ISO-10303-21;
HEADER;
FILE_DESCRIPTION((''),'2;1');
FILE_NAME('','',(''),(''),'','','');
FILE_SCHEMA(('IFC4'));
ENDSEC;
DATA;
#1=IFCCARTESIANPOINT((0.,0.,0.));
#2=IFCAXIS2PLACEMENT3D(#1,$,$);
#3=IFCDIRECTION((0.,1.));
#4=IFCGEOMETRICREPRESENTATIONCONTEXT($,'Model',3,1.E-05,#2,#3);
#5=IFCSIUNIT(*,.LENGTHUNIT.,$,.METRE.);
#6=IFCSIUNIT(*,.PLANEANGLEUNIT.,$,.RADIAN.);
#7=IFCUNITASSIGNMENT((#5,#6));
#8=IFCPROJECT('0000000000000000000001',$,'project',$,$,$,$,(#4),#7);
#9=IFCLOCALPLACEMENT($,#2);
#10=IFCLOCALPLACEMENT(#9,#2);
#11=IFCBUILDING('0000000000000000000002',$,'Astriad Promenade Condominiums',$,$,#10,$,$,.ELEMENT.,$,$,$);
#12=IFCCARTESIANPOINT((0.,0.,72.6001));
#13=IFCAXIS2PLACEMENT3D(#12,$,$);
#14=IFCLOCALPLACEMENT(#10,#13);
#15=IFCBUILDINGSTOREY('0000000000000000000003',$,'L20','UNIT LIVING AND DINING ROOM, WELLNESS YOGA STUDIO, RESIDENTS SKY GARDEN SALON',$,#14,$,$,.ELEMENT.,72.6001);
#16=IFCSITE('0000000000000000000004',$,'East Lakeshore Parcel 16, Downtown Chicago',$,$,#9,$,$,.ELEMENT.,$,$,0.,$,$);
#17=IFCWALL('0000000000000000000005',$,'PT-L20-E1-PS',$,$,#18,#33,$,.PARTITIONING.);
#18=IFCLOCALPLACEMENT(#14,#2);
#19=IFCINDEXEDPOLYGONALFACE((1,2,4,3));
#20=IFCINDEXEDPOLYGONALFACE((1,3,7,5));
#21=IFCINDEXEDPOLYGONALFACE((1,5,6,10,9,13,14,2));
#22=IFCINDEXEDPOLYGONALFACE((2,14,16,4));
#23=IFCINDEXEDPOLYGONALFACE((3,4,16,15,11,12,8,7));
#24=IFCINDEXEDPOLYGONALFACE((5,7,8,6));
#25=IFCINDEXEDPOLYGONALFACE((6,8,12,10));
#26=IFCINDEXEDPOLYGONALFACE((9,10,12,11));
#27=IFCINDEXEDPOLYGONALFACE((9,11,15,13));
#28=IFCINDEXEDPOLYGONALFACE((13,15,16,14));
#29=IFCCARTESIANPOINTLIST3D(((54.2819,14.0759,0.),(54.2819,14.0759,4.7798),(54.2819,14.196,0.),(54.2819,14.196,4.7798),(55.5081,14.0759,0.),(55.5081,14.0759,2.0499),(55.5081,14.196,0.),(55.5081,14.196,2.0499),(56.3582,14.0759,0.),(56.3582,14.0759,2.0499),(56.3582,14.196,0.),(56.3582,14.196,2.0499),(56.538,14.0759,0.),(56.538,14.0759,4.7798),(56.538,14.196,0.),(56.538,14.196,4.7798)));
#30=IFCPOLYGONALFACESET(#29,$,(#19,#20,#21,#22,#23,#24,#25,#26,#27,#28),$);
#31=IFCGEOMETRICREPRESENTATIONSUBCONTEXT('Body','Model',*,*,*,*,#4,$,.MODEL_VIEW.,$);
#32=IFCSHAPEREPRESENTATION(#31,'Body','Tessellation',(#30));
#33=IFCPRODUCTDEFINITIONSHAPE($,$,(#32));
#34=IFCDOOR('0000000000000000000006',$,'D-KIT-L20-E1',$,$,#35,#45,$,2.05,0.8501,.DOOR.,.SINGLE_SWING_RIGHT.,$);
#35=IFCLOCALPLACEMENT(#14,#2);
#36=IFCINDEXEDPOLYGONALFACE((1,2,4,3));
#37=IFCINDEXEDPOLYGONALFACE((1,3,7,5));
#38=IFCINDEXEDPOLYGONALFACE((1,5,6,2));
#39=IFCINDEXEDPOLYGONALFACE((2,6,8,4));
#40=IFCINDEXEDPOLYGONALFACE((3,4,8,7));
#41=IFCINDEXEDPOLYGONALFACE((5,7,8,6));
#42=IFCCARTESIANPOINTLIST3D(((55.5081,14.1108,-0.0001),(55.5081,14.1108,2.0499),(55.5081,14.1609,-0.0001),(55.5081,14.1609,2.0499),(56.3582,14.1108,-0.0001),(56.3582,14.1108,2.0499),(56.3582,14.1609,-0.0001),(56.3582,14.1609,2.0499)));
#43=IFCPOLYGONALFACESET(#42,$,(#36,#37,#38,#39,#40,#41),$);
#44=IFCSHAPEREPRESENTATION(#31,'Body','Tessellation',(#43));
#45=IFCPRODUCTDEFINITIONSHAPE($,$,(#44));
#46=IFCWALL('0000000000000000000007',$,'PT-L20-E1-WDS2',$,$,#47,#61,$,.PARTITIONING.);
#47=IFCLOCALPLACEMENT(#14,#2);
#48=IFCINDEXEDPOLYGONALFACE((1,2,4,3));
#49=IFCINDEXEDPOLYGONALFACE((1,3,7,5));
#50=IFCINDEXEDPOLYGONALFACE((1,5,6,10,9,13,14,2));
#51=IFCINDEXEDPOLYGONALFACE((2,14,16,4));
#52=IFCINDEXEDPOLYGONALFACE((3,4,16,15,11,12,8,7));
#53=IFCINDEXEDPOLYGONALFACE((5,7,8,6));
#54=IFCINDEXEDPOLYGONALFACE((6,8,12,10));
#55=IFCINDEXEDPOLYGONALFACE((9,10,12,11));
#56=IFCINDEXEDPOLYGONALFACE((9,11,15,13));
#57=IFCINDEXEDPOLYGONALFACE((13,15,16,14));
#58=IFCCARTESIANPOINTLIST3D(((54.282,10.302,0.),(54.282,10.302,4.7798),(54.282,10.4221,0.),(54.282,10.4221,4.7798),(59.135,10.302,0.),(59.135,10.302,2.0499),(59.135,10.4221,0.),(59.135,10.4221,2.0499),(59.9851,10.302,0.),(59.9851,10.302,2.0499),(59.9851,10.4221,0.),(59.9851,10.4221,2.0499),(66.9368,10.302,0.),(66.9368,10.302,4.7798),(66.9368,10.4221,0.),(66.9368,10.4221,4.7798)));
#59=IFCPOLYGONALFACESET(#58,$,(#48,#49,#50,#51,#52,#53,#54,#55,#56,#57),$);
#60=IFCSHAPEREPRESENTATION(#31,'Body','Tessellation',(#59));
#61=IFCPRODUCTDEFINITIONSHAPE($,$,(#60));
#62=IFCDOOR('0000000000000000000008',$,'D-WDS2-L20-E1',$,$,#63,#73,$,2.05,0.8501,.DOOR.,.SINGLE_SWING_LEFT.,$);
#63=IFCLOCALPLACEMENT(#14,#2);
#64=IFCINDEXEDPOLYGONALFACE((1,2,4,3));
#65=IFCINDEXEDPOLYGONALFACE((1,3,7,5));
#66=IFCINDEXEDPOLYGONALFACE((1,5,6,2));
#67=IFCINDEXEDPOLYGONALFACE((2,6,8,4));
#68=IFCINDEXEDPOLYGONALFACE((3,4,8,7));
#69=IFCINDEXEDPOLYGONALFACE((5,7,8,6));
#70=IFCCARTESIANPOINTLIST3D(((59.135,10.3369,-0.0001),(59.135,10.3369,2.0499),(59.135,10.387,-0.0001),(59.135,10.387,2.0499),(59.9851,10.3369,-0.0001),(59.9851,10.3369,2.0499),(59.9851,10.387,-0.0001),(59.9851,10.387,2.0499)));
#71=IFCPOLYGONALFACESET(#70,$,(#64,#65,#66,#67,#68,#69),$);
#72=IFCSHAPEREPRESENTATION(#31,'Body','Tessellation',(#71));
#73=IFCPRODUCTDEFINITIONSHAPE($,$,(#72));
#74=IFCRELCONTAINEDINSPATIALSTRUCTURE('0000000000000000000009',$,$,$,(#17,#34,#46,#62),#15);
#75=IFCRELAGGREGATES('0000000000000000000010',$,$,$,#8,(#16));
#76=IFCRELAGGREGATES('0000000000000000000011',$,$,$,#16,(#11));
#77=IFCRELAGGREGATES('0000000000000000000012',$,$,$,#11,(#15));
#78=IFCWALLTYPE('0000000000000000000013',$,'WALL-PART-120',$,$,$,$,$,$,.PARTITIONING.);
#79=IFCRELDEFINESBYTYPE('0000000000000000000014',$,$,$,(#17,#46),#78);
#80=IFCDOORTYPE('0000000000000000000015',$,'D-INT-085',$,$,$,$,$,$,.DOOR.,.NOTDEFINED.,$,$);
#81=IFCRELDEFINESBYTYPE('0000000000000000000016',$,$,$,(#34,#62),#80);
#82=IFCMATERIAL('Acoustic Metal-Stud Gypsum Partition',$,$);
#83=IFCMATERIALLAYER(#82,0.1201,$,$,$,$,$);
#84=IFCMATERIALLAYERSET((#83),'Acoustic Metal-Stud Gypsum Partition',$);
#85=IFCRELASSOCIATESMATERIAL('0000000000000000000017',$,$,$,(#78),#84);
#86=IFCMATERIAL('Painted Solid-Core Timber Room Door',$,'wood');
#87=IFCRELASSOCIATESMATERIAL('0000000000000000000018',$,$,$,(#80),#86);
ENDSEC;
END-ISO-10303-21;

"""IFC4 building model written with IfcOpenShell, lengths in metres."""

from ifc_helpers import new_model, si_unit, direction, frame, frame_2d, origin, place, context, subcontext, project, spatial, rectangle, extrude, source, transform, mapped, material, layer, layer_set, type_object, type_shapes, element, fill, save


model = new_model("IFC4")

# Units and contexts
model_context = context("Model", 3, precision=1e-05, world=origin(), true_north=direction((0.0, 1.0)))
body_context = subcontext(model_context, "Body", "Model", "MODEL_VIEW")
ifc_project = project(units=[si_unit("LENGTHUNIT", "METRE"), si_unit("PLANEANGLEUNIT", "RADIAN")], contexts=[model_context])

# Site, building, storey
site_placement = place(None, origin())
site = spatial("IfcSite", under=ifc_project, at=site_placement, Name="East Lakeshore Parcel 16, Downtown Chicago", CompositionType="ELEMENT", RefElevation=0.0)
building_placement = place(site_placement, origin())
building = spatial("IfcBuilding", under=site, at=building_placement, Name="Astriad Promenade Condominiums", CompositionType="ELEMENT")
storey_placement = place(building_placement, frame((0.0, 0.0, 72.6001)))
storey = spatial("IfcBuildingStorey", under=building, at=storey_placement, Name="L20", Description="UNIT LIVING AND DINING ROOM, WELLNESS YOGA STUDIO, RESIDENTS SKY GARDEN SALON", CompositionType="ELEMENT", Elevation=72.6001)

# Shared definitions
ifc_material_1 = material(Name="Acoustic Metal-Stud Gypsum Partition")
ifc_layer_1 = layer(ifc_material_1, 0.1201)
ifc_layer_set_1 = layer_set([ifc_layer_1], Name="Acoustic Metal-Stud Gypsum Partition")
wall_type_1 = type_object("IfcWallType", Name="WALL-PART-120", PredefinedType="PARTITIONING", material=ifc_layer_set_1)

# Walls, openings, doors
wall_1_placement = place(storey_placement, frame((54.282, 14.136, 0.0), z_axis=(0.0, 0.0, 1.0), x_axis=(1.0, 0.0, 0.0)))
wall_1 = element("IfcWall", 1, at=wall_1_placement, inside=storey, type_object=wall_type_1, Name="PT-L20-E1-PS", PredefinedType="PARTITIONING", context=body_context, shape_type="SweptSolid", body=[
    extrude(rectangle(XDim=2.2561, YDim=0.1201, at=frame_2d((1.1279, 0.0))), origin(), (0.0, 0.0, 1.0), 4.7798),
])
opening_1_placement = place(wall_1_placement, frame((1.2261, 0.0, 0.0)))
opening_1 = element("IfcOpeningElement", 2, at=opening_1_placement, cuts=wall_1, PredefinedType="OPENING", context=body_context, shape_type="SweptSolid", body=[
    extrude(rectangle(XDim=0.8501, YDim=2.05, at=frame_2d((0.425, 1.0249))), frame((0.0, 0.0701, 0.0), z_axis=(0.0, -1.0, 0.0), x_axis=(1.0, 0.0, 0.0)), (0.0, 0.0, 1.0), 0.1401),
])
ifc_material_2 = material(Name="Painted Solid-Core Timber Room Door", Category="wood")
door_type_1 = type_object("IfcDoorType", Name="D-INT-085", OperationType="NOTDEFINED", PredefinedType="DOOR", material=ifc_material_2)
shared_shape_1 = source(origin(), body_context, "Body", "SweptSolid", [
    extrude(rectangle(XDim=0.8501, YDim=2.05, at=frame_2d((0.425, 1.0249))), frame((0.0, 0.0249, 0.0), z_axis=(0.0, -1.0, 0.0), x_axis=(1.0, 0.0, 0.0)), (0.0, 0.0, 1.0), 0.05),
])
type_shapes(door_type_1, [shared_shape_1])
door_1_placement = place(opening_1_placement, origin())
door_1 = element("IfcDoor", 3, at=door_1_placement, inside=storey, type_object=door_type_1, Name="D-KIT-L20-E1", OperationType="SINGLE_SWING_RIGHT", OverallHeight=2.05, OverallWidth=0.8501, PredefinedType="DOOR", context=body_context, shape_type="MappedRepresentation", body=[
    mapped(shared_shape_1, transform((0.0, 0.0, 0.0), scale=1.0)),
])
fill(opening_1, door_1)
wall_2_placement = place(storey_placement, frame((54.282, 10.3621, 0.0), z_axis=(0.0, 0.0, 1.0), x_axis=(1.0, 0.0, 0.0)))
wall_2 = element("IfcWall", 4, at=wall_2_placement, inside=storey, type_object=wall_type_1, Name="PT-L20-E1-WDS2", PredefinedType="PARTITIONING", context=body_context, shape_type="SweptSolid", body=[
    extrude(rectangle(XDim=12.6548, YDim=0.1201, at=frame_2d((6.3274, 0.0))), origin(), (0.0, 0.0, 1.0), 4.7798),
])
opening_2_placement = place(wall_2_placement, frame((4.853, 0.0, 0.0)))
opening_2 = element("IfcOpeningElement", 5, at=opening_2_placement, cuts=wall_2, PredefinedType="OPENING", context=body_context, shape_type="SweptSolid", body=[
    extrude(rectangle(XDim=0.8501, YDim=2.05, at=frame_2d((0.425, 1.0249))), frame((0.0, 0.0701, 0.0), z_axis=(0.0, -1.0, 0.0), x_axis=(1.0, 0.0, 0.0)), (0.0, 0.0, 1.0), 0.1401),
])
door_2_placement = place(opening_2_placement, origin())
door_2 = element("IfcDoor", 6, at=door_2_placement, inside=storey, type_object=door_type_1, Name="D-WDS2-L20-E1", OperationType="SINGLE_SWING_LEFT", OverallHeight=2.05, OverallWidth=0.8501, PredefinedType="DOOR", context=body_context, shape_type="MappedRepresentation", body=[
    mapped(shared_shape_1, transform((0.0, 0.0, 0.0), scale=1.0)),
])
fill(opening_2, door_2)

save(model, "model.ifc")
